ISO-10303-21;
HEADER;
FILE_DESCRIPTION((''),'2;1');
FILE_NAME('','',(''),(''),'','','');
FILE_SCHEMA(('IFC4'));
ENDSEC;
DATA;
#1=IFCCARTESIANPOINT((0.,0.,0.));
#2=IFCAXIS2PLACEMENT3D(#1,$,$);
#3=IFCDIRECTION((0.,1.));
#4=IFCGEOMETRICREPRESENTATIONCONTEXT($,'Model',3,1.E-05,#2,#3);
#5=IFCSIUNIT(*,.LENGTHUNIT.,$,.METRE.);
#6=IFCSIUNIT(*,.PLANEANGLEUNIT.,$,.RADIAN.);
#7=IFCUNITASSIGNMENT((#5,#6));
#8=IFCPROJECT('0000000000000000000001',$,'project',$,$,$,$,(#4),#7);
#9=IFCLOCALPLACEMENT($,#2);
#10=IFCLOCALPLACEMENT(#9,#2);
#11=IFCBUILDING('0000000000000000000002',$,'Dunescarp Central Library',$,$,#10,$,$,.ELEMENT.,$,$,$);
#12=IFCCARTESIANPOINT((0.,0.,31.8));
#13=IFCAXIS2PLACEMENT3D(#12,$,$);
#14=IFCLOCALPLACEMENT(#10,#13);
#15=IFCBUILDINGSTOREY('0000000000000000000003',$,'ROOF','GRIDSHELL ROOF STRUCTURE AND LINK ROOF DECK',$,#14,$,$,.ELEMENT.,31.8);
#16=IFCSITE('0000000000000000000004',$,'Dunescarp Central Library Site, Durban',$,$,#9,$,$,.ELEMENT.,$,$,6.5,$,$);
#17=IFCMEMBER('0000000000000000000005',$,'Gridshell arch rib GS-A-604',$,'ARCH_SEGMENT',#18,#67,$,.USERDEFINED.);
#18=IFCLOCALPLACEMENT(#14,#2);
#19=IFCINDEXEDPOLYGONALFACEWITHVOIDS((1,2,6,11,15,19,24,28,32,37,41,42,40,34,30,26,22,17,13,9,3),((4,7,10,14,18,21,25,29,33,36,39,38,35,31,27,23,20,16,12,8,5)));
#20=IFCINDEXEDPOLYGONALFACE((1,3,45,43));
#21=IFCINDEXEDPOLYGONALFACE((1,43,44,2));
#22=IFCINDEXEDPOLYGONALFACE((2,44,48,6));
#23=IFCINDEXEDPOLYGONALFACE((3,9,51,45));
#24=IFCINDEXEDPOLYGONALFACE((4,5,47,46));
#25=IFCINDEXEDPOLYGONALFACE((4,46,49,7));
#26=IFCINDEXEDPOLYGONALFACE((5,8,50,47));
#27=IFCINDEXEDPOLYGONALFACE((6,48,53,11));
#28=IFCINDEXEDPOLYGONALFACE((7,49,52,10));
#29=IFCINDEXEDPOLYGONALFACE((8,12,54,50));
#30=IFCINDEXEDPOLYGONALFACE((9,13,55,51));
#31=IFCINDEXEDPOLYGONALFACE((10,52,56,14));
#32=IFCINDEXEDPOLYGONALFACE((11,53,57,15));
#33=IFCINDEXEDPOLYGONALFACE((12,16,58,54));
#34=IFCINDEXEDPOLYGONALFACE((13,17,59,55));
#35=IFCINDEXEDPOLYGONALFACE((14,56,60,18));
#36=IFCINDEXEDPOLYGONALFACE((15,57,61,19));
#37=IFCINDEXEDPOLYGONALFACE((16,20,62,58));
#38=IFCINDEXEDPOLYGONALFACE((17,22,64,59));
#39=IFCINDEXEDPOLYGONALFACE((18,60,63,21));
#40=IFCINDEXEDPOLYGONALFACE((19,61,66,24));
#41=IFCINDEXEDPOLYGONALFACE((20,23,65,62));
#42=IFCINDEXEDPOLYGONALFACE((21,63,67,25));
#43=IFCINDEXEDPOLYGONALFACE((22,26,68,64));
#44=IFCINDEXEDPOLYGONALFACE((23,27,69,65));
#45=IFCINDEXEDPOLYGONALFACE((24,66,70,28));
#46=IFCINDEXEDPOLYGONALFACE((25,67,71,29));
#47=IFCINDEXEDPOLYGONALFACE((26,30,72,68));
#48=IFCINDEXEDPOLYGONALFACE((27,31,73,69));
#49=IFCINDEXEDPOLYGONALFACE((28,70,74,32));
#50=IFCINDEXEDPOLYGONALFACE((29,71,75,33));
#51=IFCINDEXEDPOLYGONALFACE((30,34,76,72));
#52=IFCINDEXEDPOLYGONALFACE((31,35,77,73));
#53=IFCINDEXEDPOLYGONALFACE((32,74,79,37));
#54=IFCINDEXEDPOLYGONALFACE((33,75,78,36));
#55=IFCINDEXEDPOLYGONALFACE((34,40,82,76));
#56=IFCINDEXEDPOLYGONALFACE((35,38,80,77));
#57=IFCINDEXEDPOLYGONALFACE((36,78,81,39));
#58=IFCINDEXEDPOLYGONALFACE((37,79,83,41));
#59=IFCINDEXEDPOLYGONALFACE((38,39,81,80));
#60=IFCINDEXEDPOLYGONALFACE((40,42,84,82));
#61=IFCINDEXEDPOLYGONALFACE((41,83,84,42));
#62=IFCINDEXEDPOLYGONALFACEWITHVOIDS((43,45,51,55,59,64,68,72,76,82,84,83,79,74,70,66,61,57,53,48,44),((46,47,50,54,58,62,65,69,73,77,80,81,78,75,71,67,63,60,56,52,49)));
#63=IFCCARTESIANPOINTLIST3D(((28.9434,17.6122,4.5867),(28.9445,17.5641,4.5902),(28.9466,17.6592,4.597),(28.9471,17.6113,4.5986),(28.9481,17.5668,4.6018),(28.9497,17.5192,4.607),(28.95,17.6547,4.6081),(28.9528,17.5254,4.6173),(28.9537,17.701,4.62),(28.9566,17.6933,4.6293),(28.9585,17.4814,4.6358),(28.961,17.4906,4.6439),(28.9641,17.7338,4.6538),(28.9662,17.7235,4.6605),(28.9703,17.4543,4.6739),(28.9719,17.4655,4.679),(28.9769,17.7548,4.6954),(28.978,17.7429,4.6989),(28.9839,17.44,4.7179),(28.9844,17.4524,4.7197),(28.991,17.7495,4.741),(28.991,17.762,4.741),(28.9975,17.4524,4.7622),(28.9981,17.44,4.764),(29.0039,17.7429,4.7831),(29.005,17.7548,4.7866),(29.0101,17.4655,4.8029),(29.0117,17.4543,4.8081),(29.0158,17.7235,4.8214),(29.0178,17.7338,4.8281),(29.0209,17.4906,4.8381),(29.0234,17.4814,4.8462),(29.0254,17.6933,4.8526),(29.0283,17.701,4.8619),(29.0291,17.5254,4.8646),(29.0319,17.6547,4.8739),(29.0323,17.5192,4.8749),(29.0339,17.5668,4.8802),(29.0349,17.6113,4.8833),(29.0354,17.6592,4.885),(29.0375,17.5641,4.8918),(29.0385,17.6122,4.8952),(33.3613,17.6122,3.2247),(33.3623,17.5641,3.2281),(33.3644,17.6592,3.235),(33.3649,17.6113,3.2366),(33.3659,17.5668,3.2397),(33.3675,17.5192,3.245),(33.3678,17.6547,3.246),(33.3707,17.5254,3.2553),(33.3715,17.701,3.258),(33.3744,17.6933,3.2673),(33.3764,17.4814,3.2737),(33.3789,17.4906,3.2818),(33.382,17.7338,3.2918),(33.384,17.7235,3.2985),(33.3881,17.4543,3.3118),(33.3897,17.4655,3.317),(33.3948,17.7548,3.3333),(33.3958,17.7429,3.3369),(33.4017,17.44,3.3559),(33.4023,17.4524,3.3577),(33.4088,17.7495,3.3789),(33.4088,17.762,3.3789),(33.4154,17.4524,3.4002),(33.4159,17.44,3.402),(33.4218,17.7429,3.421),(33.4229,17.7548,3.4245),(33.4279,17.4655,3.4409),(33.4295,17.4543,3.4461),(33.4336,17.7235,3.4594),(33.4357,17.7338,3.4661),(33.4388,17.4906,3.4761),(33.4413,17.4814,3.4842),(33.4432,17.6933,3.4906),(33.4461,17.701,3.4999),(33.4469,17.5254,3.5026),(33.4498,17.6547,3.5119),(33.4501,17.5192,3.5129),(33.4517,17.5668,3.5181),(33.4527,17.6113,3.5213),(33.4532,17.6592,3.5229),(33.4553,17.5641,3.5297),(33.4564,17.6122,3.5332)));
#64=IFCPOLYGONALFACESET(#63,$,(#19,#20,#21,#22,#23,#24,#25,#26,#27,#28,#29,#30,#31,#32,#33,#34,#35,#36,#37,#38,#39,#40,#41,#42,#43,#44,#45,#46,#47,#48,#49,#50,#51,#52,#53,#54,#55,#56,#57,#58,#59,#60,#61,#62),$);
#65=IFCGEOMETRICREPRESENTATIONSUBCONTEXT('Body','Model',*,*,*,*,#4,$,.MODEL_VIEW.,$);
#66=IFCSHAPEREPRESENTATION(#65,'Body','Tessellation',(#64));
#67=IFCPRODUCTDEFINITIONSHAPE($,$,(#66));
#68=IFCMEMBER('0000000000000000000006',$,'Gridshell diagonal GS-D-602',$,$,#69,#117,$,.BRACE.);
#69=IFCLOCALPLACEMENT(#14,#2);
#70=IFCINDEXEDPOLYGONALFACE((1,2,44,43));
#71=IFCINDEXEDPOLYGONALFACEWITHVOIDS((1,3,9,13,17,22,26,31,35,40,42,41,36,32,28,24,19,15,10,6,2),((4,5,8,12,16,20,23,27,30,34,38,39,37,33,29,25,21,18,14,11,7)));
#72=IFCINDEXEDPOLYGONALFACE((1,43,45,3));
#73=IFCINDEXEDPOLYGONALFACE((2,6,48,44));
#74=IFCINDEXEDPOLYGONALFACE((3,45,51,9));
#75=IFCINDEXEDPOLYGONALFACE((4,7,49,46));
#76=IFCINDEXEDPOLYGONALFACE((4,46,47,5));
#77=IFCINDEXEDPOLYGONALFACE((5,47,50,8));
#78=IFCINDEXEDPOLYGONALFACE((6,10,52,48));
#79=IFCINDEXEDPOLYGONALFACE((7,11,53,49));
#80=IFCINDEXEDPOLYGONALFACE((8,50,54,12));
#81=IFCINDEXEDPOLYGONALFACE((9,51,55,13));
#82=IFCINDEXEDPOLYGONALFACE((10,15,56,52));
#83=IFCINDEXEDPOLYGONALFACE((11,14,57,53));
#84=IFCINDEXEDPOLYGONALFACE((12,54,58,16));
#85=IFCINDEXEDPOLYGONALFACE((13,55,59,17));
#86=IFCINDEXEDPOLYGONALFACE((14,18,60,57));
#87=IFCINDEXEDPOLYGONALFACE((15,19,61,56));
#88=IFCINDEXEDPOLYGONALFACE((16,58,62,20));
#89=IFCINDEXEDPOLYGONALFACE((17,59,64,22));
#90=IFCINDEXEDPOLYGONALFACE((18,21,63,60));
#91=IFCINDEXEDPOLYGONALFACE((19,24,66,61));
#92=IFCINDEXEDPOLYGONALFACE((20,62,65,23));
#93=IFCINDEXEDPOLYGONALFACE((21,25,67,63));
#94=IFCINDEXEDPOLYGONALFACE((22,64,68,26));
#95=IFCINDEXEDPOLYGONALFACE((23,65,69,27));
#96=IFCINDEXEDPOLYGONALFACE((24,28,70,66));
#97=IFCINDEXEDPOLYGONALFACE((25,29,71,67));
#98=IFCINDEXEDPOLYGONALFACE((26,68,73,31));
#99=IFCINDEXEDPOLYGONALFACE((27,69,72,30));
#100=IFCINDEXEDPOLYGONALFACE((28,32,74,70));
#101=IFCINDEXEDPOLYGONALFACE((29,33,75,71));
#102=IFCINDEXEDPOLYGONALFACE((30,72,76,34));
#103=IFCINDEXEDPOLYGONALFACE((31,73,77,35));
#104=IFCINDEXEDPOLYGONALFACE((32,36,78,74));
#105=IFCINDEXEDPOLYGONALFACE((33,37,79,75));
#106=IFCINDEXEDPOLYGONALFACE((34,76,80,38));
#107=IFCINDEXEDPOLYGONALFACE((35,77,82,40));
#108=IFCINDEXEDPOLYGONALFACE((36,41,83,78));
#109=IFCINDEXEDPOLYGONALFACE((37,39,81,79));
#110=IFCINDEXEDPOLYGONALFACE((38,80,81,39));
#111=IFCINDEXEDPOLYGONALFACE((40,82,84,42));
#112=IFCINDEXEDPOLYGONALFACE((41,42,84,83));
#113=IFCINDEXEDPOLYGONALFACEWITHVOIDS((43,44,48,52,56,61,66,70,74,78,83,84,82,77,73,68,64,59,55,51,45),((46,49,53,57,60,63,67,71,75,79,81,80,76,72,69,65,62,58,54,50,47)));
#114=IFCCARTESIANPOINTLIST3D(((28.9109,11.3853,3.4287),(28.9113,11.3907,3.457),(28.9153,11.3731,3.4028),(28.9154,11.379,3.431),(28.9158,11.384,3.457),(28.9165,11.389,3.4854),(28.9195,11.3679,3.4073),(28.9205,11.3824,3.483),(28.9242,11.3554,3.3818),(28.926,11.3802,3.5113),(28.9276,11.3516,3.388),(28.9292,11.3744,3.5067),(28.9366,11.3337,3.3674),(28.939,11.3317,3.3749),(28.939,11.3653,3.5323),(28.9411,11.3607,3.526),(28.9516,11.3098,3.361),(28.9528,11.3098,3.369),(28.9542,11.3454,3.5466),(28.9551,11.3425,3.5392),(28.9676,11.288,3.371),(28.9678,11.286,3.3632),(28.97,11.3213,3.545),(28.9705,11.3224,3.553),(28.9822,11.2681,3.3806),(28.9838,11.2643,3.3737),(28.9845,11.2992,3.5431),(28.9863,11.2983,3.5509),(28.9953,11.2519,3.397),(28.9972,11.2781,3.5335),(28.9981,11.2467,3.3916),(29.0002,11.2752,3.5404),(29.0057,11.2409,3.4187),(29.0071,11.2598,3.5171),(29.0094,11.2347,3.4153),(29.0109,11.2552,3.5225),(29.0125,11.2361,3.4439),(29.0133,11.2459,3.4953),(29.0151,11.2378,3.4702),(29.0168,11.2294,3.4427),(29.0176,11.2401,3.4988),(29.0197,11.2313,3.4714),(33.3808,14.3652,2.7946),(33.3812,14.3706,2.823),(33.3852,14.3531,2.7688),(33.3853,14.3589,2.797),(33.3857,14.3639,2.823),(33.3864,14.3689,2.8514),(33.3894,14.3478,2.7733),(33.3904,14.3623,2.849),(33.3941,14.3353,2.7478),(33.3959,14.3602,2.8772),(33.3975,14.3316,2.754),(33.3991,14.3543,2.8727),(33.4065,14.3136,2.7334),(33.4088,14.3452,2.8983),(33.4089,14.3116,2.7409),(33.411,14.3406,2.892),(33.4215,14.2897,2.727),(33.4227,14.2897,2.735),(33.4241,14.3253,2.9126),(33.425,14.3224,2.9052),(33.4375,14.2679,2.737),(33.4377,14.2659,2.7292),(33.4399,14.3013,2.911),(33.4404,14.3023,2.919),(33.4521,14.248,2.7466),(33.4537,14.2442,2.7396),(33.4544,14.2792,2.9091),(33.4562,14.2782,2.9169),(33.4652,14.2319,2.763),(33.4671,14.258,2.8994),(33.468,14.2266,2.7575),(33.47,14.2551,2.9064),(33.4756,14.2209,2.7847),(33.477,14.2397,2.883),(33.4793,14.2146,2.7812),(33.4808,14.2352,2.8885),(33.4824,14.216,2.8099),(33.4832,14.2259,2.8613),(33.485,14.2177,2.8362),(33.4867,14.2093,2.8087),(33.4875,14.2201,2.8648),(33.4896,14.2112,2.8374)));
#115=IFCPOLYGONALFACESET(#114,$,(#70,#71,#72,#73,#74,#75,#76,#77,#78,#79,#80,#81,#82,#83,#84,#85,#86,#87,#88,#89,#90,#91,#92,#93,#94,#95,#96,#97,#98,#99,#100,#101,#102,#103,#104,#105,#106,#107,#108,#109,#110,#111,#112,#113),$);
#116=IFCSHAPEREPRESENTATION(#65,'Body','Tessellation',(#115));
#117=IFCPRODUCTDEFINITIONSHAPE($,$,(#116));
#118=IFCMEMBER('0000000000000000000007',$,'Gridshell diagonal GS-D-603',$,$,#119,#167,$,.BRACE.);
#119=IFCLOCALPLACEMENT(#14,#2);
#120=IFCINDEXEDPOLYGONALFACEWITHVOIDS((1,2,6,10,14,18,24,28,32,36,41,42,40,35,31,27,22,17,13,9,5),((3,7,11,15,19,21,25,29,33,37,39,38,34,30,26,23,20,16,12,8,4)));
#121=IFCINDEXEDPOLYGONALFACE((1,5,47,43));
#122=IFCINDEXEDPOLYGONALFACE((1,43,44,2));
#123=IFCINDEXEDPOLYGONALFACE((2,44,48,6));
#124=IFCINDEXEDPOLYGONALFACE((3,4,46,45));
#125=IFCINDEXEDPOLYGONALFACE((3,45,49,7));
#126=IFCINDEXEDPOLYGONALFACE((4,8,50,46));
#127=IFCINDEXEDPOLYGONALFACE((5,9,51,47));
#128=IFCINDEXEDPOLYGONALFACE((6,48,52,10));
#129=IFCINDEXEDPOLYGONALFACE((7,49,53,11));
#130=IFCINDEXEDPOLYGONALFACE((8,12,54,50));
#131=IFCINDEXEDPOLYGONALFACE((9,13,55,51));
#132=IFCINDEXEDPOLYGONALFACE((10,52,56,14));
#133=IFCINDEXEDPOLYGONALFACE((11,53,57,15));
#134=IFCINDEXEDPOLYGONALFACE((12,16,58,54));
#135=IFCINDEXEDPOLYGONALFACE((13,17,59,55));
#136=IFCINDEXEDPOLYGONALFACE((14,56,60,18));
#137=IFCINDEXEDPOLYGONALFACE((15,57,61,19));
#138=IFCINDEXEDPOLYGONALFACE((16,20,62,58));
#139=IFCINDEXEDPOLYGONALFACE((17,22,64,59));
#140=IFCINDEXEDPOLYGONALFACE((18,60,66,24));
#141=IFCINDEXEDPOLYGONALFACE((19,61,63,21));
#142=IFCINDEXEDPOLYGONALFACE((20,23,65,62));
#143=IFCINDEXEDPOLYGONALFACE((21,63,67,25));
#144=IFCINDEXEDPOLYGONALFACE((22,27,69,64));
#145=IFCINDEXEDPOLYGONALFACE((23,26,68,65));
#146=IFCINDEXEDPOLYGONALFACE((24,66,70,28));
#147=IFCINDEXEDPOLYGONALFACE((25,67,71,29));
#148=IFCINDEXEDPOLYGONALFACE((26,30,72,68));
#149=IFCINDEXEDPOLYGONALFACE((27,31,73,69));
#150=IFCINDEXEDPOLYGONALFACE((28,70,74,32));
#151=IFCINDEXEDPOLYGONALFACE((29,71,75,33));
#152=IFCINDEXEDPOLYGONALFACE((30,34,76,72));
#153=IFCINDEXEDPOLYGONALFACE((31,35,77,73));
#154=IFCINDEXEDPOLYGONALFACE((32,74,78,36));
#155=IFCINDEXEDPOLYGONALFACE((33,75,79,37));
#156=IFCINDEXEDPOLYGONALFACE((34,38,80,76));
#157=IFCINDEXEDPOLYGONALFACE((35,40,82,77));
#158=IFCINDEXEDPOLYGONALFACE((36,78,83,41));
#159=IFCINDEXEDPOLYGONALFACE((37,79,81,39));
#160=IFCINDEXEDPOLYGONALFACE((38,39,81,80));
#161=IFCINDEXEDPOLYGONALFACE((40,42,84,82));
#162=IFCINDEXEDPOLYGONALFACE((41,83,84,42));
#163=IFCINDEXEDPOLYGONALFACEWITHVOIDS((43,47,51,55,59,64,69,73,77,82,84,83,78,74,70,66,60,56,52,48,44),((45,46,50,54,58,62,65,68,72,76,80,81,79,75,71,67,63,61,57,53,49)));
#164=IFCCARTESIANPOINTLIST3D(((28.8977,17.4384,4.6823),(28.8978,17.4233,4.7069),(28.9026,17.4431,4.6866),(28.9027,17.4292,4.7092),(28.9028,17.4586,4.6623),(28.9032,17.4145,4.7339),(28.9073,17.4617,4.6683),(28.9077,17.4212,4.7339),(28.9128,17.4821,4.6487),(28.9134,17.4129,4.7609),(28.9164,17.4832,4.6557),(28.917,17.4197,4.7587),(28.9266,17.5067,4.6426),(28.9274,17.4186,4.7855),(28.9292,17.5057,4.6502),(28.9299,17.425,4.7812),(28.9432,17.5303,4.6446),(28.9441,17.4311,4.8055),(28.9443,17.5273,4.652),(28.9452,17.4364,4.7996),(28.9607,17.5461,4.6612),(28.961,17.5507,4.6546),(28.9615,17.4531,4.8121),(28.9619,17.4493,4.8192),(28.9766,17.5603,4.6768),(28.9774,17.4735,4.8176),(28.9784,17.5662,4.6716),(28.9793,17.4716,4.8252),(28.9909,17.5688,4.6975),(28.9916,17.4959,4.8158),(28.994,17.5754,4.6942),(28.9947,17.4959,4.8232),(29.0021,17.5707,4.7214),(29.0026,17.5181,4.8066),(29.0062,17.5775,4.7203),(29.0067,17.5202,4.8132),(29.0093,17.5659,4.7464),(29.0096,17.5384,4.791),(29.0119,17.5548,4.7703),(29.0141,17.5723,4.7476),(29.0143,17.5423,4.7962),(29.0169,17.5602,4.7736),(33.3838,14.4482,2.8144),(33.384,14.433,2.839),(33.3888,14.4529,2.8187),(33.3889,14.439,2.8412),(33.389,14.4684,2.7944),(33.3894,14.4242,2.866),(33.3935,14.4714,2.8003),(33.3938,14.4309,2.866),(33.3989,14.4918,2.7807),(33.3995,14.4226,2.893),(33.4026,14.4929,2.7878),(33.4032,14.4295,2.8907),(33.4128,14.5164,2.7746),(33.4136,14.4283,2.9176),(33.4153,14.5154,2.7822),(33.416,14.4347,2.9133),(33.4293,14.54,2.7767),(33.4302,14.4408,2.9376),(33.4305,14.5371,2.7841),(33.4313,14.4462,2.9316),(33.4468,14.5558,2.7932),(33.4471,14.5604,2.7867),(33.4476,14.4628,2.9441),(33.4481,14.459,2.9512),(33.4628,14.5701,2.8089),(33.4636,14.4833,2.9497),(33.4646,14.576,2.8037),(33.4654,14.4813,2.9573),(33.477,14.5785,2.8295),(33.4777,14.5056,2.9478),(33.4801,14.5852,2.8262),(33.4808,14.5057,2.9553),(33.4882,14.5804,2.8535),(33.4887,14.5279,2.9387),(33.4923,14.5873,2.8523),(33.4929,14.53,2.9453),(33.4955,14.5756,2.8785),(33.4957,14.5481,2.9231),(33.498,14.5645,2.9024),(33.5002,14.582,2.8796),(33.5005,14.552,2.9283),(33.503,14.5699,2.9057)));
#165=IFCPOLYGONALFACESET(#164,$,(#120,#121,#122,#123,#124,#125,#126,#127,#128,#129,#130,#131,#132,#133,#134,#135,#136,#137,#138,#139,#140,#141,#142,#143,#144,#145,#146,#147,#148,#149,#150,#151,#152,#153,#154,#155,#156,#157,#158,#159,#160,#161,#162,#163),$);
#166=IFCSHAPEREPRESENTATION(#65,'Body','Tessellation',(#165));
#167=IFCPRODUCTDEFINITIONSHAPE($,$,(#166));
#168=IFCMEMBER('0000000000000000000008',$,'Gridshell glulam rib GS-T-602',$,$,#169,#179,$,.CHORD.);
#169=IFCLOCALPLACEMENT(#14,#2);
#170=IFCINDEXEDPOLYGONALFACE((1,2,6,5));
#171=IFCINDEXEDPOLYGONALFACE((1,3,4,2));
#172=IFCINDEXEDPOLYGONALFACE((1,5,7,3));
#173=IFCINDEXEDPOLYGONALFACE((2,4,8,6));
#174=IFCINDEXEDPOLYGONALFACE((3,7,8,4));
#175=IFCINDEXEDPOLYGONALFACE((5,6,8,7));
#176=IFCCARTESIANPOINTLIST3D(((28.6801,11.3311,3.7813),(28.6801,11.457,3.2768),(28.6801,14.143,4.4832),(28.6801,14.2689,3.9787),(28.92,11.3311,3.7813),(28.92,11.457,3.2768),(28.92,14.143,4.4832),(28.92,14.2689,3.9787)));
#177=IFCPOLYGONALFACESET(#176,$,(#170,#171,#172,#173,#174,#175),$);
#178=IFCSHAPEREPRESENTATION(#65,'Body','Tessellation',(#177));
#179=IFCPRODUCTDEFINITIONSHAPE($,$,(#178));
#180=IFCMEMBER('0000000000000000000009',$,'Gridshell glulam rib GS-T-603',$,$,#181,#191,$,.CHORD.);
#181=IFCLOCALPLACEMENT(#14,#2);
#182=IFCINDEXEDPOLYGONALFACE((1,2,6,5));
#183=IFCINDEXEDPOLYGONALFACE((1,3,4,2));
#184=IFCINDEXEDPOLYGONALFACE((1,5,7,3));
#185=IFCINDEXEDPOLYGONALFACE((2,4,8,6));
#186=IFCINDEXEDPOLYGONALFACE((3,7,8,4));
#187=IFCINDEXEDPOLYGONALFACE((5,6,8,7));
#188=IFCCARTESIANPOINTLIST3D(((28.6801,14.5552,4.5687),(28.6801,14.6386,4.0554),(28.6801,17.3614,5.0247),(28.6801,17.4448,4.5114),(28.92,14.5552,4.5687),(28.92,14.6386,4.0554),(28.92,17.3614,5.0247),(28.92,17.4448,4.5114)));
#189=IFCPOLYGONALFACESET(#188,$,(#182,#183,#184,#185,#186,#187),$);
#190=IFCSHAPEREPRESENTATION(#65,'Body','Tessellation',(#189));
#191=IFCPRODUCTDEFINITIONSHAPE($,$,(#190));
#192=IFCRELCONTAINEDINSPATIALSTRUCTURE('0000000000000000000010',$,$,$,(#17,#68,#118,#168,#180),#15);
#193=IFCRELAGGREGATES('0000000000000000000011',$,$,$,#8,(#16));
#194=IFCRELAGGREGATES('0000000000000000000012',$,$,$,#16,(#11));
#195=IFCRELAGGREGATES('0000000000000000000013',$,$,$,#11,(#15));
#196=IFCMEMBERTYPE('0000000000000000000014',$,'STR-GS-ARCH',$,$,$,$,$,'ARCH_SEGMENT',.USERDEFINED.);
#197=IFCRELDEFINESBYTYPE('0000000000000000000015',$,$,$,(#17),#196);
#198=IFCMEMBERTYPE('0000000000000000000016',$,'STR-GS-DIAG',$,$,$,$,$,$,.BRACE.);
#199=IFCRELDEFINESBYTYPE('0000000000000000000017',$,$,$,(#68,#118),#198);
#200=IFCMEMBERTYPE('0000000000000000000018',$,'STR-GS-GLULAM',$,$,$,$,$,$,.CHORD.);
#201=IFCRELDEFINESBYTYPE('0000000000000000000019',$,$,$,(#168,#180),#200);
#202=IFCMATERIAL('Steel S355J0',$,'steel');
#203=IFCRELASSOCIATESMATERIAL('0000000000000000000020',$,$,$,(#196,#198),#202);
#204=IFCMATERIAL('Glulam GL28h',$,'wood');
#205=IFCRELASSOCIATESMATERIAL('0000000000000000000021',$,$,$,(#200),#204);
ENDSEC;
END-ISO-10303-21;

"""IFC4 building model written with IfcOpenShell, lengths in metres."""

from ifc_helpers import new_model, si_unit, direction, frame, origin, origin_2d, place, context, subcontext, project, spatial, rectangle, hollow_circle, extrude, material, material_profile, profile_set, type_object, element, save


model = new_model("IFC4")

# Units and contexts
model_context = context("Model", 3, precision=1e-05, world=origin(), true_north=direction((0.0, 1.0)))
body_context = subcontext(model_context, "Body", "Model", "MODEL_VIEW")
ifc_project = project(units=[si_unit("LENGTHUNIT", "METRE"), si_unit("PLANEANGLEUNIT", "RADIAN")], contexts=[model_context])

# Site, building, storey
site_placement = place(None, origin())
site = spatial("IfcSite", under=ifc_project, at=site_placement, Name="Dunescarp Central Library Site, Durban", CompositionType="ELEMENT", RefElevation=6.5)
building_placement = place(site_placement, origin())
building = spatial("IfcBuilding", under=site, at=building_placement, Name="Dunescarp Central Library", CompositionType="ELEMENT")
storey_placement = place(building_placement, frame((0.0, 0.0, 31.8)))
storey = spatial("IfcBuildingStorey", under=building, at=storey_placement, Name="ROOF", Description="GRIDSHELL ROOF STRUCTURE AND LINK ROOF DECK", CompositionType="ELEMENT", Elevation=31.8)

# Members
ifc_material_1 = material(Name="Steel S355J0", Category="steel")
ifc_material_profile_1 = material_profile(ifc_material_1, hollow_circle(Radius=0.1619, WallThickness=0.0125, at=origin_2d()), Name="CHS 323.9x12.5")
ifc_profile_set_1 = profile_set([ifc_material_profile_1], Name="Steel S355J0")
member_type_1 = type_object("IfcMemberType", Name="STR-GS-ARCH", ElementType="ARCH_SEGMENT", PredefinedType="USERDEFINED", material=ifc_profile_set_1)
for number, where, z_axis, x_axis, name in (
    (1, (28.991, 17.6001, 4.741), (0.955616, 0.0, -0.294616), (0.0, 1.0, 0.0), "Gridshell arch rib GS-A-604"),
):
    element("IfcMember", number, at=place(storey_placement, frame(where, z_axis=z_axis, x_axis=x_axis)), inside=storey, type_object=member_type_1, Name=name, ObjectType="ARCH_SEGMENT", PredefinedType="USERDEFINED", context=body_context, shape_type="SweptSolid", body=[
        extrude(hollow_circle(Radius=0.1619, WallThickness=0.0125, at=origin_2d()), origin(), (0.0, 0.0, 1.0), 4.623),
    ])
ifc_material_profile_2 = material_profile(ifc_material_1, hollow_circle(Radius=0.0969, WallThickness=0.0081, at=origin_2d()), Name="CHS 193.7x8")
ifc_profile_set_2 = profile_set([ifc_material_profile_2], Name="Steel S355J0")
member_type_2 = type_object("IfcMemberType", Name="STR-GS-DIAG", PredefinedType="BRACE", material=ifc_profile_set_2)
member_1_placement = place(storey_placement, frame((28.9651, 11.3101, 3.457), z_axis=(0.826315, 0.550877, -0.117207), x_axis=(-0.5547, 0.83205, 0.0)))
element("IfcMember", 2, at=member_1_placement, inside=storey, type_object=member_type_2, Name="Gridshell diagonal GS-D-602", PredefinedType="BRACE", context=body_context, shape_type="SweptSolid", body=[
    extrude(hollow_circle(Radius=0.0969, WallThickness=0.0081, at=origin_2d()), origin(), (0.0, 0.0, 1.0), 5.4094),
])
member_2_placement = place(storey_placement, frame((33.4431, 14.5049, 2.866), z_axis=(-0.786239, 0.524074, 0.327375), x_axis=(-0.554637, -0.832092, 0.0)))
element("IfcMember", 3, at=member_2_placement, inside=storey, type_object=member_type_2, Name="Gridshell diagonal GS-D-603", PredefinedType="BRACE", context=body_context, shape_type="SweptSolid", body=[
    extrude(hollow_circle(Radius=0.0969, WallThickness=0.0081, at=origin_2d()), origin(), (0.0, 0.0, 1.0), 5.7058),
])
ifc_material_2 = material(Name="Glulam GL28h", Category="wood")
ifc_material_profile_3 = material_profile(ifc_material_2, rectangle(XDim=0.24, YDim=0.52, at=origin_2d()), Name="GL28h 240x520")
ifc_profile_set_3 = profile_set([ifc_material_profile_3], Name="Glulam GL28h")
member_type_3 = type_object("IfcMemberType", Name="STR-GS-GLULAM", PredefinedType="CHORD", material=ifc_profile_set_3)
member_3_placement = place(storey_placement, frame((28.8, 11.394, 3.5291), z_axis=(0.0, 0.970232, 0.242179), x_axis=(-1.0, 0.0, 0.0)))
element("IfcMember", 4, at=member_3_placement, inside=storey, type_object=member_type_3, Name="Gridshell glulam rib GS-T-602", PredefinedType="CHORD", context=body_context, shape_type="SweptSolid", body=[
    extrude(rectangle(XDim=0.24, YDim=0.52, at=origin_2d()), origin(), (0.0, 0.0, 1.0), 2.8982),
])
member_4_placement = place(storey_placement, frame((28.8, 14.5969, 4.312), z_axis=(0.0, 0.98705, 0.160415), x_axis=(-1.0, 0.0, 0.0)))
element("IfcMember", 5, at=member_4_placement, inside=storey, type_object=member_type_3, Name="Gridshell glulam rib GS-T-603", PredefinedType="CHORD", context=body_context, shape_type="SweptSolid", body=[
    extrude(rectangle(XDim=0.24, YDim=0.52, at=origin_2d()), origin(), (0.0, 0.0, 1.0), 2.843),
])

save(model, "model.ifc")
